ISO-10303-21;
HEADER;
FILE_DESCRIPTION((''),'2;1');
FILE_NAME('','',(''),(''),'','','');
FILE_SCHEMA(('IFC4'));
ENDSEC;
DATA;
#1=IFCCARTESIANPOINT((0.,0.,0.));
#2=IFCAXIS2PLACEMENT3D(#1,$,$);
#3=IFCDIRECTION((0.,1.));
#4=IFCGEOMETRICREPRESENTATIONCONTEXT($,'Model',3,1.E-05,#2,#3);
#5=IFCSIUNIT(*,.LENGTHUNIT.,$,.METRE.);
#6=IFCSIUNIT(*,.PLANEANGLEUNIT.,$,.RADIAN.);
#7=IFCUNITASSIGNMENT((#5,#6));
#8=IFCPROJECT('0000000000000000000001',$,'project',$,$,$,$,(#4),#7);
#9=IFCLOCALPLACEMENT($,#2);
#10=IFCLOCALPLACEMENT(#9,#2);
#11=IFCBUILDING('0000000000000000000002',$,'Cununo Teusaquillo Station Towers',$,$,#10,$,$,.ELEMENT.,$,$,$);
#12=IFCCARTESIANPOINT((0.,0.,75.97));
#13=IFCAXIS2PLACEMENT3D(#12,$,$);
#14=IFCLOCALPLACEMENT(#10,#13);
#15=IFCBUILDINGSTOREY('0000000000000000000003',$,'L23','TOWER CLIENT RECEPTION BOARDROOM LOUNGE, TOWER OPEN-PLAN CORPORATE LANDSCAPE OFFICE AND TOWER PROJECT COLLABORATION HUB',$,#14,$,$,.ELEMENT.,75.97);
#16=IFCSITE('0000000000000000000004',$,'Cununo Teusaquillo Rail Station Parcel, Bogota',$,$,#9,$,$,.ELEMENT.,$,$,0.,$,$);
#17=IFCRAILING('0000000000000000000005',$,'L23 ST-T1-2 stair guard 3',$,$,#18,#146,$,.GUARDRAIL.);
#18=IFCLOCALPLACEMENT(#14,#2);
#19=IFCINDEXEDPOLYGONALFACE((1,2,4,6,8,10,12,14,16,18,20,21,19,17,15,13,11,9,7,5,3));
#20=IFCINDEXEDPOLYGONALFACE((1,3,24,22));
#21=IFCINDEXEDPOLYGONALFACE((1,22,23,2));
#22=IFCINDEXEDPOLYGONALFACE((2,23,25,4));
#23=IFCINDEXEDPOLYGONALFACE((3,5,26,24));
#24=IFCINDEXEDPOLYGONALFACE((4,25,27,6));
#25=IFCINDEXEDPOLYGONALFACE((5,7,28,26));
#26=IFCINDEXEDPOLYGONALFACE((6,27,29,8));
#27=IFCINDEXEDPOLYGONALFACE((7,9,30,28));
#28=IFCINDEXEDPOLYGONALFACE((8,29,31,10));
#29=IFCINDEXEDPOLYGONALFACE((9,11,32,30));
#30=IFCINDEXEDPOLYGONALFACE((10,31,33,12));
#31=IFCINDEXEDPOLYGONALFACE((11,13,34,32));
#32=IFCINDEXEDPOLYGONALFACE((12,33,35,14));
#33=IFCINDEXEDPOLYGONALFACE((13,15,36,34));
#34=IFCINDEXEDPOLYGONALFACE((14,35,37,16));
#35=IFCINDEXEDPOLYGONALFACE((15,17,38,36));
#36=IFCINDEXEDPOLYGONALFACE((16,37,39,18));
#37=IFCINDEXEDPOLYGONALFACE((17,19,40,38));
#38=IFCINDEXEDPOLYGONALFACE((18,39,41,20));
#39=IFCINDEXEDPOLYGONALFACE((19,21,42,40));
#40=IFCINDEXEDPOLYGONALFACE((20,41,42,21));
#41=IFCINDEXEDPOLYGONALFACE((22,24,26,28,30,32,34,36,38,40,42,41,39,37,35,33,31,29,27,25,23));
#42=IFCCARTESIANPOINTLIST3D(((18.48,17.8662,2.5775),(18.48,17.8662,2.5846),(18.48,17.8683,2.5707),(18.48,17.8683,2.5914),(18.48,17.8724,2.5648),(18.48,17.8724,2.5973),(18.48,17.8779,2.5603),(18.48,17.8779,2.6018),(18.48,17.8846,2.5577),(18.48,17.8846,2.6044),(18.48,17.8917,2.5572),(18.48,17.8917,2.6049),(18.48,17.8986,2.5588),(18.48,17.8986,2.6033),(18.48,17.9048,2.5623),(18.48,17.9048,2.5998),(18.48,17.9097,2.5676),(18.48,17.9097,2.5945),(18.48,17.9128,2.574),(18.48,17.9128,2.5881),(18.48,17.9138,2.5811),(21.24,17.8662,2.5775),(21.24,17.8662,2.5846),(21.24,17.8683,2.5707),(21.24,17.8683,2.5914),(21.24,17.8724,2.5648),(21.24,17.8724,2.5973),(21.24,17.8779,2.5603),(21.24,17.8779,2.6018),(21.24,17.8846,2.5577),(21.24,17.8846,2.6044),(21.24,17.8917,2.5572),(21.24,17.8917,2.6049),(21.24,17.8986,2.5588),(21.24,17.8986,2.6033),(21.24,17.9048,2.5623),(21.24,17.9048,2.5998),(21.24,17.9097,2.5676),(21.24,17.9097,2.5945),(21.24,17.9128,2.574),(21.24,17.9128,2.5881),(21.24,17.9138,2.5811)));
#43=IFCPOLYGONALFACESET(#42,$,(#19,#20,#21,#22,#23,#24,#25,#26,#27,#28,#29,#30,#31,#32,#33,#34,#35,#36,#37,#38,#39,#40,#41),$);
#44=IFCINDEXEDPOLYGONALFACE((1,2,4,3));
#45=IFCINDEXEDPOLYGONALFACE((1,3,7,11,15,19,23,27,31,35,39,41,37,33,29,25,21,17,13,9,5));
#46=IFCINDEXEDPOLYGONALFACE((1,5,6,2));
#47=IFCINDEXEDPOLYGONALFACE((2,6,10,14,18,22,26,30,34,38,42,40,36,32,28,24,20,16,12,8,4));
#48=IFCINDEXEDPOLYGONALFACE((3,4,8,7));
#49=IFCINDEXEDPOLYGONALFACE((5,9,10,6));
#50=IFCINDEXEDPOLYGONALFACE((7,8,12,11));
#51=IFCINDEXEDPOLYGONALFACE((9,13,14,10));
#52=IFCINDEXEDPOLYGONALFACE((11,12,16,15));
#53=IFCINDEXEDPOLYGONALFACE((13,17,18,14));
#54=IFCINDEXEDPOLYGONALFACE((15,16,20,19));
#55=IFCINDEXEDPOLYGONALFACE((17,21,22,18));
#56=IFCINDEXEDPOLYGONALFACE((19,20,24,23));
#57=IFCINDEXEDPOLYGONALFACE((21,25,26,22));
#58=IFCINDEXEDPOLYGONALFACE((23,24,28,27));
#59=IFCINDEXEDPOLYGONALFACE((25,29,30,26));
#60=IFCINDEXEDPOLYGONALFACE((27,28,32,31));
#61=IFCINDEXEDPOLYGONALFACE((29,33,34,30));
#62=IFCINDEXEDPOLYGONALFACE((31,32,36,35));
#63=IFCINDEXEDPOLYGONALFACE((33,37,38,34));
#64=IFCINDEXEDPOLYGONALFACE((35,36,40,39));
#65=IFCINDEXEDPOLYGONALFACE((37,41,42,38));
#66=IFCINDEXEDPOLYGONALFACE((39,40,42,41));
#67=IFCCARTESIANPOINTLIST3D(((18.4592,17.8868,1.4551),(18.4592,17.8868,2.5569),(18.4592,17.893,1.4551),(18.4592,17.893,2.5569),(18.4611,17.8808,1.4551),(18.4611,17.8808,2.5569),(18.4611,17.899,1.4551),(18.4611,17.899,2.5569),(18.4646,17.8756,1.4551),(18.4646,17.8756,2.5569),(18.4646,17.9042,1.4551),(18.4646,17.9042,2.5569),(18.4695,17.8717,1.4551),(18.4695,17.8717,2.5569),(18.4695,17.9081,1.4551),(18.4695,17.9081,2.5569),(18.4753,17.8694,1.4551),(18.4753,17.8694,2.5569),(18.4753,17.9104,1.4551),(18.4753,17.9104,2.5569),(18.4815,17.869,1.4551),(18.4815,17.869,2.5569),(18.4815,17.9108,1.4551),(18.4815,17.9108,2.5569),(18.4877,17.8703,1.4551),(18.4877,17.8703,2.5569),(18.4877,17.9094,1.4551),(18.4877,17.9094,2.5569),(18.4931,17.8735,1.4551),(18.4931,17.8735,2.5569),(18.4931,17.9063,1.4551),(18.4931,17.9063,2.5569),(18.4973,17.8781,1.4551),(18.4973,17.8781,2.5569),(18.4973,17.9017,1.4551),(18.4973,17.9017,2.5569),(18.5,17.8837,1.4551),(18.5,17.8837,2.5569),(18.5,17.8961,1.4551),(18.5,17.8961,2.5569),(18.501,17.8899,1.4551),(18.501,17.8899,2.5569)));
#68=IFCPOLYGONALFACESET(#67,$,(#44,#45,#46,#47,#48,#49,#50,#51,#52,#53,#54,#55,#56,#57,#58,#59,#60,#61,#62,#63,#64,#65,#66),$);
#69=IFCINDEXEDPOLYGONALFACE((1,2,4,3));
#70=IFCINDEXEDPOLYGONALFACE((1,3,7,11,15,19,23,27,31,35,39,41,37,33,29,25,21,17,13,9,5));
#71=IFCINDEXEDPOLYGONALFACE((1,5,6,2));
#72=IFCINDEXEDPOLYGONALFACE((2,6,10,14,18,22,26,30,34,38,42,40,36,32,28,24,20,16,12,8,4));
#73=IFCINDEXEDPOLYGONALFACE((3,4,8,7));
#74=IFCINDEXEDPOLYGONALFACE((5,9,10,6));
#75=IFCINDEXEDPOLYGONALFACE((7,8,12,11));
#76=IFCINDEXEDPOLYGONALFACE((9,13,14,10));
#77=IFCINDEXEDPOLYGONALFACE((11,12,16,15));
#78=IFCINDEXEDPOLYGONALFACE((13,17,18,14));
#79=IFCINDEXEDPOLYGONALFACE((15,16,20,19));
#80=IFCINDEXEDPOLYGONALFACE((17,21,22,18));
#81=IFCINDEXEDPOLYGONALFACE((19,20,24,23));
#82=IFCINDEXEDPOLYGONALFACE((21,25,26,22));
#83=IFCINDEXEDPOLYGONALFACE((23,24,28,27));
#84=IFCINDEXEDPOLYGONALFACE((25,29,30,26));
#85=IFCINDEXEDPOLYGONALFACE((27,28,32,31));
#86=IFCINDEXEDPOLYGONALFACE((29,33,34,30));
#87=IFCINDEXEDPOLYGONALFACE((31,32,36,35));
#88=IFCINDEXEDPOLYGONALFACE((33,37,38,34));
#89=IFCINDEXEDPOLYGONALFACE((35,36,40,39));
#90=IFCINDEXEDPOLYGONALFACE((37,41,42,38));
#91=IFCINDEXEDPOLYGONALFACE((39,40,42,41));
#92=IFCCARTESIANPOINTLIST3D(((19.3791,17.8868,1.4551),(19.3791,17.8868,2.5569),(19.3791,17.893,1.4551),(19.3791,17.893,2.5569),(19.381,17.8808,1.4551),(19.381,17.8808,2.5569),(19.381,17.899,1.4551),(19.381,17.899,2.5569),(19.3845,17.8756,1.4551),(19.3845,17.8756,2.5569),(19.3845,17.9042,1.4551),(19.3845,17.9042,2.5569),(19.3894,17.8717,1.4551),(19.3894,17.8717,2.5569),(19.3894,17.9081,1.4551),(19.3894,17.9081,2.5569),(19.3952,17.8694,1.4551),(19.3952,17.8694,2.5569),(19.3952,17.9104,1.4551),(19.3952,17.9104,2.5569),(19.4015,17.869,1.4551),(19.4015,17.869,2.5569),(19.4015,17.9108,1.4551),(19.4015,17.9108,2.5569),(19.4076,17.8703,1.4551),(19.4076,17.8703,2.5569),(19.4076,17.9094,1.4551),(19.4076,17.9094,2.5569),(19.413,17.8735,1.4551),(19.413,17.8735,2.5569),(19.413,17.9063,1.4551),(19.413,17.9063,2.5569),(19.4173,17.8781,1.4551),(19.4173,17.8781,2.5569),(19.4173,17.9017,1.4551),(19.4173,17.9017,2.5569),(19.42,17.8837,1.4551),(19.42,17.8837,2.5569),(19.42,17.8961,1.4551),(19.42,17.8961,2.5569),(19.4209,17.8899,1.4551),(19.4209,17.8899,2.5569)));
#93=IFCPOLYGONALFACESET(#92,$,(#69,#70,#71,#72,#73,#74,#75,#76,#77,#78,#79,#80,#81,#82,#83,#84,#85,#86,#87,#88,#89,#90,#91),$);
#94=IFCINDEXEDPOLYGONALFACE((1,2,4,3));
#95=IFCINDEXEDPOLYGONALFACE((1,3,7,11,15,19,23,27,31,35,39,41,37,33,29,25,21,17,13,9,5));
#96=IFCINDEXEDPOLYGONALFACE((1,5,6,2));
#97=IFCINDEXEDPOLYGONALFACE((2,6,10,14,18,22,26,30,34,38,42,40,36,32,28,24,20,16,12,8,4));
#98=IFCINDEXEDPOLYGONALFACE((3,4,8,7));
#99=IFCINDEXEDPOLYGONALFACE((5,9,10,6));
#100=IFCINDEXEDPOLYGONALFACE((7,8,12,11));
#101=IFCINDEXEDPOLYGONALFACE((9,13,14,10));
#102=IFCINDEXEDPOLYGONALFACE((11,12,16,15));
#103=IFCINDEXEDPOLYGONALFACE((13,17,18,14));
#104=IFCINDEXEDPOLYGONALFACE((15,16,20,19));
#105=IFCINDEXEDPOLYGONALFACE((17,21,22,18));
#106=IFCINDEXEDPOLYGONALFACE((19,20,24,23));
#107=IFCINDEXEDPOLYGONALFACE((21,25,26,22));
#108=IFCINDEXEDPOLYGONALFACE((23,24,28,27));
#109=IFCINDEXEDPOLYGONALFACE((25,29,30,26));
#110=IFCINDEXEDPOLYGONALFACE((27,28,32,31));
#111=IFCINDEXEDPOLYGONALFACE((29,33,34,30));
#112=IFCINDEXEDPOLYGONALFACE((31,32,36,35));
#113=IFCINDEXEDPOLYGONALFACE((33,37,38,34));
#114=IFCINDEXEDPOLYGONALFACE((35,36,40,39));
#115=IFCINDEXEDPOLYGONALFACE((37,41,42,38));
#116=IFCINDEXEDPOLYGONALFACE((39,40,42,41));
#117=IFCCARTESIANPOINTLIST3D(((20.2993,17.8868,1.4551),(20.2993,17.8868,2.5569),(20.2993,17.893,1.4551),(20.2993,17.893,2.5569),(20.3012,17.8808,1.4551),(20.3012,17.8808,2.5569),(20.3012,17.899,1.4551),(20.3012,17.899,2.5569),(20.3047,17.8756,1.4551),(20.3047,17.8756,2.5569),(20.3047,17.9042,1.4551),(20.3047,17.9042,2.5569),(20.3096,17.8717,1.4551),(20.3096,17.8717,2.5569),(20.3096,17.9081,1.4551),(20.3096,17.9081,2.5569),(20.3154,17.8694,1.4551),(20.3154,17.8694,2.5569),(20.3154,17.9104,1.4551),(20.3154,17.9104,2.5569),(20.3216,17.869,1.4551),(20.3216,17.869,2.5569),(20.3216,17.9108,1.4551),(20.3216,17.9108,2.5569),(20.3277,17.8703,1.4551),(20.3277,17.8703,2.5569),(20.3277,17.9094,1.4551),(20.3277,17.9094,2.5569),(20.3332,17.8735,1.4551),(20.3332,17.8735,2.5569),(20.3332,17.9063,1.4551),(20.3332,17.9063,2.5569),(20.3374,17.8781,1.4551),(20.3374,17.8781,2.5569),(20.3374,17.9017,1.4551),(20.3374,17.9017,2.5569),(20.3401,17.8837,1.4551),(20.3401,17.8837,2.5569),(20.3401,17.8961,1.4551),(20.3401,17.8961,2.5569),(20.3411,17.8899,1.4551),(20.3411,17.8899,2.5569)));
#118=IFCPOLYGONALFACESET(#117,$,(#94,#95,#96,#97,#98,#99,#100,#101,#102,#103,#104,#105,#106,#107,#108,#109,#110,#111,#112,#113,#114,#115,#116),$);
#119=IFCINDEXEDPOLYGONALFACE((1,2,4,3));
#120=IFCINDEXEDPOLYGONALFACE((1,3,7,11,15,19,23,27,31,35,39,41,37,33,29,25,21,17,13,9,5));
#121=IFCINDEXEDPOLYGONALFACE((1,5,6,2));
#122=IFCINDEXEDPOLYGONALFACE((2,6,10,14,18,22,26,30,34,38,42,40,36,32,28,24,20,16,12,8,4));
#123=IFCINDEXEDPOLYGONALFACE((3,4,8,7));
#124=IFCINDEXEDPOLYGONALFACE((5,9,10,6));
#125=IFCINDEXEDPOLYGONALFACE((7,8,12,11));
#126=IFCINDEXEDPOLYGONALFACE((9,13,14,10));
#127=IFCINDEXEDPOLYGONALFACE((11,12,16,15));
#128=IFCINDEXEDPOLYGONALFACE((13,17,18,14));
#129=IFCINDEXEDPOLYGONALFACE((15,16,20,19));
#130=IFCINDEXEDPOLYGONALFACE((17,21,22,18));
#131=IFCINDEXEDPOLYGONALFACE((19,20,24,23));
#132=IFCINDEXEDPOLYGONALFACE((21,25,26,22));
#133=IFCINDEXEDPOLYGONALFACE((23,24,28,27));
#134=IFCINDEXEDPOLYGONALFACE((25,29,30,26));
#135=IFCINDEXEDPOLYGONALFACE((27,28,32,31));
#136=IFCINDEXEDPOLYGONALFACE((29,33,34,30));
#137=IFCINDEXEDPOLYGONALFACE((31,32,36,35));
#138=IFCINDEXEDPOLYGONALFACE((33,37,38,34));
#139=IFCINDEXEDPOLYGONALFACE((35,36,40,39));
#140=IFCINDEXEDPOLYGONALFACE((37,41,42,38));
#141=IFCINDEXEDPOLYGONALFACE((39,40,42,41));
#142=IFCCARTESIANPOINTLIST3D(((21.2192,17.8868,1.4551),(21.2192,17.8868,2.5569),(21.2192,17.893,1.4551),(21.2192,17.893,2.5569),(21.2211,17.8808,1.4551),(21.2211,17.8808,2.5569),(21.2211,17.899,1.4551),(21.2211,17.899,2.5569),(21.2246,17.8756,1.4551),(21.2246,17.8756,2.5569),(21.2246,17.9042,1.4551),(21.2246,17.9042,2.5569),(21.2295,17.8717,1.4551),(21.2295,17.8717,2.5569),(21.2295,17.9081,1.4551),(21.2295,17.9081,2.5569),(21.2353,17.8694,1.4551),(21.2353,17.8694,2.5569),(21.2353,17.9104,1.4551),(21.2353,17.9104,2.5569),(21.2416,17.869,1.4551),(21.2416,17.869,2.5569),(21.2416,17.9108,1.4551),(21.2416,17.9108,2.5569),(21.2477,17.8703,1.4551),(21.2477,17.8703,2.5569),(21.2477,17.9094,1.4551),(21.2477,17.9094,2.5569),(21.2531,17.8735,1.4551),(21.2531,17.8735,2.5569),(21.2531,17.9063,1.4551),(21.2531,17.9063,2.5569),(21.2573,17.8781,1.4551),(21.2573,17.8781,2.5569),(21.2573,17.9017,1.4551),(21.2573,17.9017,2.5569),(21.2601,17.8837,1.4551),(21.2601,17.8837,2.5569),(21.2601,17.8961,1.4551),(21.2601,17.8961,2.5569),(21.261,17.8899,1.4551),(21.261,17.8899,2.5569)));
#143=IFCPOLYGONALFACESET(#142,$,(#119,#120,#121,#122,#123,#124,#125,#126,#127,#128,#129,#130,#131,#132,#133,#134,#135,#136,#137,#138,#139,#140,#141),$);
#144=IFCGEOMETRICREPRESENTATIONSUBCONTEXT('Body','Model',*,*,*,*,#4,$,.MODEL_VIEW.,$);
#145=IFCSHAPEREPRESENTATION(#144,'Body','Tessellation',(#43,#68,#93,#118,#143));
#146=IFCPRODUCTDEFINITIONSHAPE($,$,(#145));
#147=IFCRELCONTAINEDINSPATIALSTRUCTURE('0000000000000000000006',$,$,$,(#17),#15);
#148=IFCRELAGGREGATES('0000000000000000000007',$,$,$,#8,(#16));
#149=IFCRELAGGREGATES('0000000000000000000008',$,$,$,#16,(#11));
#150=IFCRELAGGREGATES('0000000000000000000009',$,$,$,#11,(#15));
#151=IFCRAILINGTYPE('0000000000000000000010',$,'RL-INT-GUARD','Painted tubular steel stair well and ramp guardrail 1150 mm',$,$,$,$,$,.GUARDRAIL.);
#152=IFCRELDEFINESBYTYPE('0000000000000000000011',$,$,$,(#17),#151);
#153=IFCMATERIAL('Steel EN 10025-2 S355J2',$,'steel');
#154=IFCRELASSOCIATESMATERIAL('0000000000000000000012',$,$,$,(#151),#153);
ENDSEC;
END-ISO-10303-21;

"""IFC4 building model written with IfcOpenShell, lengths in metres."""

from ifc_helpers import new_model, si_unit, direction, frame, origin, origin_2d, place, context, subcontext, project, spatial, circle, extrude, material, type_object, element, save


model = new_model("IFC4")

# Units and contexts
model_context = context("Model", 3, precision=1e-05, world=origin(), true_north=direction((0.0, 1.0)))
body_context = subcontext(model_context, "Body", "Model", "MODEL_VIEW")
ifc_project = project(units=[si_unit("LENGTHUNIT", "METRE"), si_unit("PLANEANGLEUNIT", "RADIAN")], contexts=[model_context])

# Site, building, storey
site_placement = place(None, origin())
site = spatial("IfcSite", under=ifc_project, at=site_placement, Name="Cununo Teusaquillo Rail Station Parcel, Bogota", CompositionType="ELEMENT", RefElevation=0.0)
building_placement = place(site_placement, origin())
building = spatial("IfcBuilding", under=site, at=building_placement, Name="Cununo Teusaquillo Station Towers", CompositionType="ELEMENT")
storey_placement = place(building_placement, frame((0.0, 0.0, 75.97)))
storey = spatial("IfcBuildingStorey", under=building, at=storey_placement, Name="L23", Description="TOWER CLIENT RECEPTION BOARDROOM LOUNGE, TOWER OPEN-PLAN CORPORATE LANDSCAPE OFFICE AND TOWER PROJECT COLLABORATION HUB", CompositionType="ELEMENT", Elevation=75.97)

# Railing
ifc_material_1 = material(Name="Steel EN 10025-2 S355J2", Category="steel")
railing_type_1 = type_object("IfcRailingType", Name="RL-INT-GUARD", Description="Painted tubular steel stair well and ramp guardrail 1150 mm", PredefinedType="GUARDRAIL", material=ifc_material_1)
railing_1_placement = place(storey_placement, frame((18.48, 17.8899, 1.4551)))
element("IfcRailing", 1, at=railing_1_placement, inside=storey, type_object=railing_type_1, Name="L23 ST-T1-2 stair guard 3", PredefinedType="GUARDRAIL", context=body_context, shape_type="SweptSolid", body=[
    extrude(circle(Radius=0.0239, at=origin_2d()), frame((0.0, 0.0, 1.126), z_axis=(1.0, 0.0, 0.0), x_axis=(0.0, 1.0, 0.0)), (0.0, 0.0, 1.0), 2.76),
    extrude(circle(Radius=0.021, at=origin_2d()), origin(), (0.0, 0.0, 1.0), 1.1018),
    extrude(circle(Radius=0.021, at=origin_2d()), frame((0.9199, 0.0, 0.0)), (0.0, 0.0, 1.0), 1.1018),
    extrude(circle(Radius=0.021, at=origin_2d()), frame((1.8401, 0.0, 0.0)), (0.0, 0.0, 1.0), 1.1018),
    extrude(circle(Radius=0.021, at=origin_2d()), frame((2.76, 0.0, 0.0)), (0.0, 0.0, 1.0), 1.1018),
])

save(model, "model.ifc")
